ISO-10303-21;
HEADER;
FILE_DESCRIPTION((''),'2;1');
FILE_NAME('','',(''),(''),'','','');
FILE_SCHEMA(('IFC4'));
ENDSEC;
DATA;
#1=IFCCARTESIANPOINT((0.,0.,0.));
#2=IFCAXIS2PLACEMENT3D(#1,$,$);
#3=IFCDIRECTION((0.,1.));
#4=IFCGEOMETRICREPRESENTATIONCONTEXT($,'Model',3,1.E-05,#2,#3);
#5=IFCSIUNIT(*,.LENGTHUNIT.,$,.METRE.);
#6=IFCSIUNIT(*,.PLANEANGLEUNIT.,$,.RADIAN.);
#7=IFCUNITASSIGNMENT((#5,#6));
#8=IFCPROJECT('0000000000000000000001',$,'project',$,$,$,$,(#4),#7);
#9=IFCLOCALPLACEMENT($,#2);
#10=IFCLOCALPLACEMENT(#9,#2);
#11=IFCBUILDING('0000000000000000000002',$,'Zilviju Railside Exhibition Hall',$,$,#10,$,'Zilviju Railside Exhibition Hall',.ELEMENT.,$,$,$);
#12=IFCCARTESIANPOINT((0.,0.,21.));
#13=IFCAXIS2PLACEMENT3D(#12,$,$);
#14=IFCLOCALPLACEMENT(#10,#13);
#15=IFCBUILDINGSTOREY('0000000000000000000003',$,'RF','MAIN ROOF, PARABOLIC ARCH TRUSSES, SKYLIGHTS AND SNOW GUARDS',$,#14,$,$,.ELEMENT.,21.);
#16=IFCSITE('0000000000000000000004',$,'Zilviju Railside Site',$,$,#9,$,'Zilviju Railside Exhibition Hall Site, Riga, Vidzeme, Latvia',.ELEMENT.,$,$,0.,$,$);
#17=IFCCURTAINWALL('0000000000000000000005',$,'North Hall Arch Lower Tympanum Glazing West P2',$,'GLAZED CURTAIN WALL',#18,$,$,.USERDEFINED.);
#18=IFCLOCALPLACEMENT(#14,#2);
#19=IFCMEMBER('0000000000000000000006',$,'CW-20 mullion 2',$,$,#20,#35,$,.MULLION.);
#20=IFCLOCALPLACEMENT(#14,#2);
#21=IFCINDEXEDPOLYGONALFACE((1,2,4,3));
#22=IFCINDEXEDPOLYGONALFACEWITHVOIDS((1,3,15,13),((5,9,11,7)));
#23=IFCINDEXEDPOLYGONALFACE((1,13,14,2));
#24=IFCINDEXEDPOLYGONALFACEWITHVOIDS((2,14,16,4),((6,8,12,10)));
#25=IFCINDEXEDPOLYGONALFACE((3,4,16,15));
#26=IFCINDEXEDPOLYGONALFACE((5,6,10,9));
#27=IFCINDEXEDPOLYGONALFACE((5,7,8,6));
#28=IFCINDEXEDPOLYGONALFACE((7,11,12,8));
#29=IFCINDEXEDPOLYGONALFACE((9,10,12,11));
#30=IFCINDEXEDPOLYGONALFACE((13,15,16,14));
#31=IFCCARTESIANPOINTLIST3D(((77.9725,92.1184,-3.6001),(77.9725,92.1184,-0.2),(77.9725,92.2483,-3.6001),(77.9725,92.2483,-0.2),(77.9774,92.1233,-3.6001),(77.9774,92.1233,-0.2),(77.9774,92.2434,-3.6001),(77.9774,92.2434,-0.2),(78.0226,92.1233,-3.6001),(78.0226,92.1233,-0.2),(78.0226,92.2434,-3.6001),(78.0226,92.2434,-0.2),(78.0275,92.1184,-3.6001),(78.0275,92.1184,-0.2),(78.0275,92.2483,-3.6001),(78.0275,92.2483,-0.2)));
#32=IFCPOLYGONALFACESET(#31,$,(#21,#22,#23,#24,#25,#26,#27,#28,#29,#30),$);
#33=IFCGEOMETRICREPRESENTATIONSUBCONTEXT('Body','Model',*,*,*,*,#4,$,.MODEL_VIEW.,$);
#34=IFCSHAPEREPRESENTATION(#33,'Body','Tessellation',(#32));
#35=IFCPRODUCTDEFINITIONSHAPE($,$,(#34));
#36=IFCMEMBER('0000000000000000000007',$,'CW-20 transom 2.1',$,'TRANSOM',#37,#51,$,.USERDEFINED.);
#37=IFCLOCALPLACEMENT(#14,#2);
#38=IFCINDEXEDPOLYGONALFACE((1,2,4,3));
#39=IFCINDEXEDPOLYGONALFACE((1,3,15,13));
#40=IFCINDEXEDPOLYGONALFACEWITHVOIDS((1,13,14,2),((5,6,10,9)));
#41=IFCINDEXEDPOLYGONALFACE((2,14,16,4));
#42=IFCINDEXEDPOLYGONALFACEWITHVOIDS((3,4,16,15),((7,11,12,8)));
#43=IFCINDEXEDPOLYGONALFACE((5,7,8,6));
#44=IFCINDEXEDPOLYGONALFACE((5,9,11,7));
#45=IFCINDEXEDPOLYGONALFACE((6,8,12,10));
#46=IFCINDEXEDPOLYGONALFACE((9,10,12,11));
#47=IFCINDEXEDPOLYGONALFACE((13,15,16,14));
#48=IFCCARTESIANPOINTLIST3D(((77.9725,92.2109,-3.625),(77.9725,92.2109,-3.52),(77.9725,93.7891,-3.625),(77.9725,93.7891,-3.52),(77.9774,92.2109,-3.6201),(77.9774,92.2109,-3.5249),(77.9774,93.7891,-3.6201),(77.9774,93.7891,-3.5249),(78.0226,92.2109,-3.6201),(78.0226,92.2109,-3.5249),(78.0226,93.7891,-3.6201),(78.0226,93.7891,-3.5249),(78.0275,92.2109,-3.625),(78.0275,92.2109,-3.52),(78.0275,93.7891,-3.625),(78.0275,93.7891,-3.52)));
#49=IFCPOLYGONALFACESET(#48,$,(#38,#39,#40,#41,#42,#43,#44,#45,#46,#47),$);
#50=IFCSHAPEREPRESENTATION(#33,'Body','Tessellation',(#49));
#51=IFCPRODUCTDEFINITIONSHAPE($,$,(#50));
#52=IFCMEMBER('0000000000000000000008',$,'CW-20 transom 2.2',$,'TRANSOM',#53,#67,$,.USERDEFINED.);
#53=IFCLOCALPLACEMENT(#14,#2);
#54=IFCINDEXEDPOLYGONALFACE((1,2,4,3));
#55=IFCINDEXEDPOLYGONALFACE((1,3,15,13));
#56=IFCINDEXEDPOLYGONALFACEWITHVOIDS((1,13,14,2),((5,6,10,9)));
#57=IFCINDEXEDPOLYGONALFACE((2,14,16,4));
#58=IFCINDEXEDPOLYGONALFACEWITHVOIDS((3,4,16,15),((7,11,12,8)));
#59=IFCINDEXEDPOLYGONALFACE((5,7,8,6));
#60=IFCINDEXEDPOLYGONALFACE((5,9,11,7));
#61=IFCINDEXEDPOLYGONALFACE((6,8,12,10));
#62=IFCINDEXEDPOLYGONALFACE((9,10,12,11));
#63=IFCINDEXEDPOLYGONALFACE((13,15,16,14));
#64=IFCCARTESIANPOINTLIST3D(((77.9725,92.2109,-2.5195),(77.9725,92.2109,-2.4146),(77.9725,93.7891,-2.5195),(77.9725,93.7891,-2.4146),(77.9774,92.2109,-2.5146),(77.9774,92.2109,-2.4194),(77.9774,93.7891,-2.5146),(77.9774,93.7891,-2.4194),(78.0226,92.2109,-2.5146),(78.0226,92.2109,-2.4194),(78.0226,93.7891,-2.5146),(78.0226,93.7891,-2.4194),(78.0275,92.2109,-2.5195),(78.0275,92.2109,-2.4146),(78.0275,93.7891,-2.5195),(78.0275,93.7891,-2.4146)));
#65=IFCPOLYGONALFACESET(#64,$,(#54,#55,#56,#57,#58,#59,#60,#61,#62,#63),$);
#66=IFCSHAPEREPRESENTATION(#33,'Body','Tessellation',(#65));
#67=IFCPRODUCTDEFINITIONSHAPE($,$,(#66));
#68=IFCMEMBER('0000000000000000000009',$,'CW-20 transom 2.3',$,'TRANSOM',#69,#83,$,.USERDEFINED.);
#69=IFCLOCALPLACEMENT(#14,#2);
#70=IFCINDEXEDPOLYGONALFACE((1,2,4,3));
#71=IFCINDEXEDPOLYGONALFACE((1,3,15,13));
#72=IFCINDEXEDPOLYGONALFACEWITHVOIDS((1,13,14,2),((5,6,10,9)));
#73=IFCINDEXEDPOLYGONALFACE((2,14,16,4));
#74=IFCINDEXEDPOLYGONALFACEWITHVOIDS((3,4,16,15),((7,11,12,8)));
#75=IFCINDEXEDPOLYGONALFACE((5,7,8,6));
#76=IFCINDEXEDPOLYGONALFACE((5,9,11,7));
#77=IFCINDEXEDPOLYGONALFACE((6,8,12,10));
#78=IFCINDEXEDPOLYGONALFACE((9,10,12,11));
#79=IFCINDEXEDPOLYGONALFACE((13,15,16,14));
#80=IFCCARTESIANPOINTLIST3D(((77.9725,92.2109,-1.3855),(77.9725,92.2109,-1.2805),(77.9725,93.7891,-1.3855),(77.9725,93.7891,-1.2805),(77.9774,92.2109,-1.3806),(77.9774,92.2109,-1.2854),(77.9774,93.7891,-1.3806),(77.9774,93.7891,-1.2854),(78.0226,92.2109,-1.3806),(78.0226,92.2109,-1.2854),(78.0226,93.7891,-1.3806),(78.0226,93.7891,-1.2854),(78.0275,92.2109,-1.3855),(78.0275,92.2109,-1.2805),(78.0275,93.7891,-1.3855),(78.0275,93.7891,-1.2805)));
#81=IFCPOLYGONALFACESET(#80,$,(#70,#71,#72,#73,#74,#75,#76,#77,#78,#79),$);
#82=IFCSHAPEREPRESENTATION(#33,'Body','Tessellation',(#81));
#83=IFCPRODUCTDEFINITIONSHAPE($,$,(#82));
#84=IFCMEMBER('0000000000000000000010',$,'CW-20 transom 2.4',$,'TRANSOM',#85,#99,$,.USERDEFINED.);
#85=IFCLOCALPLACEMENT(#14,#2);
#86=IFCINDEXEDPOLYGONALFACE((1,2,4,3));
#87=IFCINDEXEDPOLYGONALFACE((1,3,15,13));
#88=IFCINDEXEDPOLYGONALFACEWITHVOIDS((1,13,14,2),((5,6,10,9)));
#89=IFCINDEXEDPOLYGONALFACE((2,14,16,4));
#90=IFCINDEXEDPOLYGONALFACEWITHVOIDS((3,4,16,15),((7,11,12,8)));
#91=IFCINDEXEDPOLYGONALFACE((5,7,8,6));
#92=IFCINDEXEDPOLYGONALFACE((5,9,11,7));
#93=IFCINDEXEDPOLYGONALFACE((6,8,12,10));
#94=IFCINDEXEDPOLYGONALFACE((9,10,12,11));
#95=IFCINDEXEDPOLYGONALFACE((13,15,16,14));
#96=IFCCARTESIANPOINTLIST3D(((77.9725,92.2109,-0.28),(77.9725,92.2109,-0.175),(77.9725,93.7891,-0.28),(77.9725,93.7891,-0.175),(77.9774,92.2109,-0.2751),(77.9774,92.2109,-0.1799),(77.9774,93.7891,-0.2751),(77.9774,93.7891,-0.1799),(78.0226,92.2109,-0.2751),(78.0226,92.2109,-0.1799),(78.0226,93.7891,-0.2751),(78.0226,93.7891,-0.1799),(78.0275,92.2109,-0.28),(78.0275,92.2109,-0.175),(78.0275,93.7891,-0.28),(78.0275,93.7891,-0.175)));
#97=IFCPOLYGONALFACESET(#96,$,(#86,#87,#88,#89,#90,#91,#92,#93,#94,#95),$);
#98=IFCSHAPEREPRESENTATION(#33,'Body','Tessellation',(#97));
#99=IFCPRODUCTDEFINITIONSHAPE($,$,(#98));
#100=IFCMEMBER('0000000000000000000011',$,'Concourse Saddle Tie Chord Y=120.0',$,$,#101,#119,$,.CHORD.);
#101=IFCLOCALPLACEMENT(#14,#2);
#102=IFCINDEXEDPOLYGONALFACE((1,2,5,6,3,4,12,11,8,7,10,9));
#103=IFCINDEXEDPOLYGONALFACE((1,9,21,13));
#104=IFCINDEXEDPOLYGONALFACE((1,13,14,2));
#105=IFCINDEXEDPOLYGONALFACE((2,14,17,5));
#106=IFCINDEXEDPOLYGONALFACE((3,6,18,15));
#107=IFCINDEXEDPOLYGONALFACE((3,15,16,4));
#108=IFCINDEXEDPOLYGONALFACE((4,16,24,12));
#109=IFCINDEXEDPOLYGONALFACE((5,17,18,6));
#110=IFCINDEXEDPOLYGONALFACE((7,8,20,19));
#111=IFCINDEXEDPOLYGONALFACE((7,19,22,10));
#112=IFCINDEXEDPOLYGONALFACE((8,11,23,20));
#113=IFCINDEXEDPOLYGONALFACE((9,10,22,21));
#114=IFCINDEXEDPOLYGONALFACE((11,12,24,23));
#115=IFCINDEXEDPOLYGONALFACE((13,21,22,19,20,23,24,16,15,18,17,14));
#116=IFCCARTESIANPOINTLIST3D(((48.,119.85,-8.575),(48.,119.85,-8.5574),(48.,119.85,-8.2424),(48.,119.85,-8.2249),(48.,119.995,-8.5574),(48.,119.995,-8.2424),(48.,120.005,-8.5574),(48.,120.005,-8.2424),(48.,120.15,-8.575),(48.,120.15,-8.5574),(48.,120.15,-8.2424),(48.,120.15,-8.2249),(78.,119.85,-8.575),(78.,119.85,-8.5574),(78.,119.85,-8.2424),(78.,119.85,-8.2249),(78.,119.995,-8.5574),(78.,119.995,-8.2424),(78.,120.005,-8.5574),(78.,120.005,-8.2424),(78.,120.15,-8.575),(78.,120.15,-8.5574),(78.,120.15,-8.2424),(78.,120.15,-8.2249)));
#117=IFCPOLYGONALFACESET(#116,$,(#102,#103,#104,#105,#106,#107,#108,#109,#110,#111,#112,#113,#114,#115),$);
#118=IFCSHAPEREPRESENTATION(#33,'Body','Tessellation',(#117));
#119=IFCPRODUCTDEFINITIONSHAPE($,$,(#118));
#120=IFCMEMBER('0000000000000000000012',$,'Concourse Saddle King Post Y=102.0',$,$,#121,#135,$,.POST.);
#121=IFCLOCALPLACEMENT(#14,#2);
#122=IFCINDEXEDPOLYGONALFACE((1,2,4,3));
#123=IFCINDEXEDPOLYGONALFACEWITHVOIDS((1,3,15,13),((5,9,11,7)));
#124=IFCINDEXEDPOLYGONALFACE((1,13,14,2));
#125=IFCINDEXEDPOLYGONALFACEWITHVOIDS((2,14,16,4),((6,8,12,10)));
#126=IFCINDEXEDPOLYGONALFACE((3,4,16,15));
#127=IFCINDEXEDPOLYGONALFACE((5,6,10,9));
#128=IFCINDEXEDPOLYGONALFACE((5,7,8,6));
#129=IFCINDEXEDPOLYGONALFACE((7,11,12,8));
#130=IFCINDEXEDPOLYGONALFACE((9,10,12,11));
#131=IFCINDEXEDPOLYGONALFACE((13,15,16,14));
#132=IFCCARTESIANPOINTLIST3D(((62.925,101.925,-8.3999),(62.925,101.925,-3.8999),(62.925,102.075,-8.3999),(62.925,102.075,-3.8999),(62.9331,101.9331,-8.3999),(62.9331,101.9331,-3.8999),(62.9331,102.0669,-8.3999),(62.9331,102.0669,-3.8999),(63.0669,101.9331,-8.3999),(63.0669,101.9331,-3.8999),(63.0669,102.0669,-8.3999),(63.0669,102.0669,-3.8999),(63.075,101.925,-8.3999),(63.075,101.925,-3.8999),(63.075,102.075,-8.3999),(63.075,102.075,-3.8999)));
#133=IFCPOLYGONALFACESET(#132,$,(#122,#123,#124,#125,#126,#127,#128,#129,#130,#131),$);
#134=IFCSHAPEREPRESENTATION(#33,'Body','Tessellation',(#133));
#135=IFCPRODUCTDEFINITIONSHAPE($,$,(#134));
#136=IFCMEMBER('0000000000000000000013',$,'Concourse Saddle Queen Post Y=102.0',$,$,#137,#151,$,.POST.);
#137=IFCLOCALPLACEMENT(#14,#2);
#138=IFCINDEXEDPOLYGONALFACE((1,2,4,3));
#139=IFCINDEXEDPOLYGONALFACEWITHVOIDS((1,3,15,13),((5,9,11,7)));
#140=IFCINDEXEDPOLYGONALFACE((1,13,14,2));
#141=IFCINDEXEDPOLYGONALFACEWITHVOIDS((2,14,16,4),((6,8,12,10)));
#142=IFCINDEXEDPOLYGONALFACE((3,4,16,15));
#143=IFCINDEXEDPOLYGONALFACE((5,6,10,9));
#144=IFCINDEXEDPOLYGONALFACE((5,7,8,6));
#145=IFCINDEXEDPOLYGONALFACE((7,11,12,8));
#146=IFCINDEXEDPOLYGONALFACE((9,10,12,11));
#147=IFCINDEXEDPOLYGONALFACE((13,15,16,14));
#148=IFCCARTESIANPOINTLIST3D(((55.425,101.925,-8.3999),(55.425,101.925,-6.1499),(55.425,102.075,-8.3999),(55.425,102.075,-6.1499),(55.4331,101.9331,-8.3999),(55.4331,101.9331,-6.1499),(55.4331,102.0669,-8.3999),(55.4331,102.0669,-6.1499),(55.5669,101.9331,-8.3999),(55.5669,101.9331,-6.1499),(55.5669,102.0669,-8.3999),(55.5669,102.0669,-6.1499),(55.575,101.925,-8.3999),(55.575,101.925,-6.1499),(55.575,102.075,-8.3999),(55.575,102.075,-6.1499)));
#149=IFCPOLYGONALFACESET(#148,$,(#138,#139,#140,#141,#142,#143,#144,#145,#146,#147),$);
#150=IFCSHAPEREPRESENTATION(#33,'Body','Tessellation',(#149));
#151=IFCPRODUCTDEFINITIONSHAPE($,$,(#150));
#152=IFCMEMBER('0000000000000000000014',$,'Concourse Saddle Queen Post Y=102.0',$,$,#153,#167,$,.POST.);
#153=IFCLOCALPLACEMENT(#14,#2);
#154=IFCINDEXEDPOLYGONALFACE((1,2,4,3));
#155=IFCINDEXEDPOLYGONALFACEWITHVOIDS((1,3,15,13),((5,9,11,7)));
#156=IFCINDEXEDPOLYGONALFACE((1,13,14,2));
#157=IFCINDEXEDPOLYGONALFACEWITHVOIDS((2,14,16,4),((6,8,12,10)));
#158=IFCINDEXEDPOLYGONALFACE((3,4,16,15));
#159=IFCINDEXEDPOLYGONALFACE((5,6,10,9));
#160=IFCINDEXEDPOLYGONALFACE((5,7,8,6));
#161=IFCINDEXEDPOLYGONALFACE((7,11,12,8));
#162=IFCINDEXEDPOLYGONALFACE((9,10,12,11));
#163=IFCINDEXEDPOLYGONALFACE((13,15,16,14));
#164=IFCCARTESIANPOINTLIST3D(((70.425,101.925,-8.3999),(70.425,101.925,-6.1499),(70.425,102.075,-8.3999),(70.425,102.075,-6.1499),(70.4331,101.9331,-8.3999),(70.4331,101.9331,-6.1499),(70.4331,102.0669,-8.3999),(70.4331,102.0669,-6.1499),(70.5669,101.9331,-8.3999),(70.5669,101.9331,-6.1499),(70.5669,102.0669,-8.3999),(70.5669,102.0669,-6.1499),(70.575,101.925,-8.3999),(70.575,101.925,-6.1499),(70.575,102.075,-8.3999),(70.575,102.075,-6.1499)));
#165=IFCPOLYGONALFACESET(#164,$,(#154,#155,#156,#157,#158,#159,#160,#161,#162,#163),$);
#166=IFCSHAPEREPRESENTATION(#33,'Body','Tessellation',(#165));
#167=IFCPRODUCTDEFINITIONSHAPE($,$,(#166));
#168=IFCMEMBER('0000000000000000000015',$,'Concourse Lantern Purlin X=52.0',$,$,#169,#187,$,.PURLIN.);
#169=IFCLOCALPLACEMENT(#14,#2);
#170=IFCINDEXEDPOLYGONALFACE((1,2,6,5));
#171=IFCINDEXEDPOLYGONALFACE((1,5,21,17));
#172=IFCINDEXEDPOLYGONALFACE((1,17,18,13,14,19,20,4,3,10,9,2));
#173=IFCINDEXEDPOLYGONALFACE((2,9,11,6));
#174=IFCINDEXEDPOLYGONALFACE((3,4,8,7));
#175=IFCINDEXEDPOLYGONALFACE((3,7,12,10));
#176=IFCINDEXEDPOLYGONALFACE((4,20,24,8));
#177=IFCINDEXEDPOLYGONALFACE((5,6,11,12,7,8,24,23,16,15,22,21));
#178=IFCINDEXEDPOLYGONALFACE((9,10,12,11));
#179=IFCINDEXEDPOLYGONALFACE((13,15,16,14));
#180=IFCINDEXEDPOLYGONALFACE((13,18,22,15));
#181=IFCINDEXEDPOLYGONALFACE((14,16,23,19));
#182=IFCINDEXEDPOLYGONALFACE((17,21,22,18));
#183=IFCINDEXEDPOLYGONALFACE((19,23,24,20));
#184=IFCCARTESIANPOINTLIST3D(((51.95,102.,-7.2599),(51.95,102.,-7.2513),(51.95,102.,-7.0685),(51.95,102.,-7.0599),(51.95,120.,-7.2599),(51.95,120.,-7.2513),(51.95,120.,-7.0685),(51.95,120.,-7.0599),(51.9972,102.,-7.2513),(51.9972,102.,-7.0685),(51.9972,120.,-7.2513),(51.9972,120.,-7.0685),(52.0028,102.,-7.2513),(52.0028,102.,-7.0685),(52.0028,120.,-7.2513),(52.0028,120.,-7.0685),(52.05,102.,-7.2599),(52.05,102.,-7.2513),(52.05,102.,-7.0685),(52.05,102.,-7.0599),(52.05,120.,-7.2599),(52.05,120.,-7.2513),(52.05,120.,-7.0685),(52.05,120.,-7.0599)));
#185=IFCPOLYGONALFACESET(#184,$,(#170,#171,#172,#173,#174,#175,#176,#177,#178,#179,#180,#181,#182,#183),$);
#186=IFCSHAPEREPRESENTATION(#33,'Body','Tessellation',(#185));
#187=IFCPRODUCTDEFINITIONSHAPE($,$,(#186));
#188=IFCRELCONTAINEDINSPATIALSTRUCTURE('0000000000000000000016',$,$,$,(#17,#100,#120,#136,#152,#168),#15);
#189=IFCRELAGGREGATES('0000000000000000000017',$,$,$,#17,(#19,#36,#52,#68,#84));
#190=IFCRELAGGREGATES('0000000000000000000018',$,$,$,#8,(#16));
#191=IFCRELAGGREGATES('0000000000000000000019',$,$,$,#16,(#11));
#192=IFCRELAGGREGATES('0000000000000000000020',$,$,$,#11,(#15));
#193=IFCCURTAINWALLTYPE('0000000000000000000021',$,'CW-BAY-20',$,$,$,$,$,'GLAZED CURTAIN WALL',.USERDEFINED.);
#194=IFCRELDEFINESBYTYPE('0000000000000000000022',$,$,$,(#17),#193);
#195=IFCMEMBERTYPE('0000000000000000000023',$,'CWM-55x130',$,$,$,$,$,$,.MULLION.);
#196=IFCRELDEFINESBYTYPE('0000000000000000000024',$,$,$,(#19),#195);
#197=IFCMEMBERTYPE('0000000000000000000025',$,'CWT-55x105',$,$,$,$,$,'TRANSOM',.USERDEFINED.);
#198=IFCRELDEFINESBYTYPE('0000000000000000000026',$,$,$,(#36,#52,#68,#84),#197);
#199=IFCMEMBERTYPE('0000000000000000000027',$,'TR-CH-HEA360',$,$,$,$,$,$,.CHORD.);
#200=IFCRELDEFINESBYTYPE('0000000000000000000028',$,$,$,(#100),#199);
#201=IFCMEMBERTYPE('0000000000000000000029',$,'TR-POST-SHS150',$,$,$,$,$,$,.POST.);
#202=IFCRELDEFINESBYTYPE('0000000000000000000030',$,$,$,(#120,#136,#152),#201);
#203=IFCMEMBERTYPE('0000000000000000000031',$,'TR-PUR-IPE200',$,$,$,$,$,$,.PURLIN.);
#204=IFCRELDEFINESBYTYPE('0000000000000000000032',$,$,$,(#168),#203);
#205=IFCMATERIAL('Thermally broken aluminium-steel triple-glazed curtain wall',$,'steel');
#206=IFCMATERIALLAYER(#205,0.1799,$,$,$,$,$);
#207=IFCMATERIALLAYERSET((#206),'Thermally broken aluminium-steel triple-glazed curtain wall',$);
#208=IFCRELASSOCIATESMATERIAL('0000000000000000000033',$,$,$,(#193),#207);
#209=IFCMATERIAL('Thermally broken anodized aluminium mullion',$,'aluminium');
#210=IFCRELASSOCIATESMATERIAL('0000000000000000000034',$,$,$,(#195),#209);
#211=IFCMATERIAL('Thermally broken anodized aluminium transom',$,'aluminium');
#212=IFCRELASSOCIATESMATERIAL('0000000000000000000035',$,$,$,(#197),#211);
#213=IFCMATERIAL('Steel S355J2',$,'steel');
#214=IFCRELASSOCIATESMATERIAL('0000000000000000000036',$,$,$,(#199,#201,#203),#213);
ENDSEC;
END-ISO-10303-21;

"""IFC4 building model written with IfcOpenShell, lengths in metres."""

from ifc_helpers import new_model, si_unit, direction, frame, origin, origin_2d, place, context, subcontext, project, spatial, hollow_rectangle, i_section, extrude, material, layer, layer_set, material_profile, profile_set, type_object, element, aggregate, save


model = new_model("IFC4")

# Units and contexts
model_context = context("Model", 3, precision=1e-05, world=origin(), true_north=direction((0.0, 1.0)))
body_context = subcontext(model_context, "Body", "Model", "MODEL_VIEW")
ifc_project = project(units=[si_unit("LENGTHUNIT", "METRE"), si_unit("PLANEANGLEUNIT", "RADIAN")], contexts=[model_context])

# Site, building, storey
site_placement = place(None, origin())
site = spatial("IfcSite", under=ifc_project, at=site_placement, Name="Zilviju Railside Site", LongName="Zilviju Railside Exhibition Hall Site, Riga, Vidzeme, Latvia", CompositionType="ELEMENT", RefElevation=0.0)
building_placement = place(site_placement, origin())
building = spatial("IfcBuilding", under=site, at=building_placement, Name="Zilviju Railside Exhibition Hall", LongName="Zilviju Railside Exhibition Hall", CompositionType="ELEMENT")
storey_placement = place(building_placement, frame((0.0, 0.0, 21.0)))
storey = spatial("IfcBuildingStorey", under=building, at=storey_placement, Name="RF", Description="MAIN ROOF, PARABOLIC ARCH TRUSSES, SKYLIGHTS AND SNOW GUARDS", CompositionType="ELEMENT", Elevation=21.0)

# Curtain wall, members
ifc_material_1 = material(Name="Thermally broken aluminium-steel triple-glazed curtain wall", Category="steel")
ifc_layer_1 = layer(ifc_material_1, 0.1799)
ifc_layer_set_1 = layer_set([ifc_layer_1], Name="Thermally broken aluminium-steel triple-glazed curtain wall")
curtain_wall_type = type_object("IfcCurtainWallType", Name="CW-BAY-20", ElementType="GLAZED CURTAIN WALL", PredefinedType="USERDEFINED", material=ifc_layer_set_1)
curtain_wall_placement = place(storey_placement, origin())
curtain_wall = element("IfcCurtainWall", 1, at=curtain_wall_placement, inside=storey, type_object=curtain_wall_type, Name="North Hall Arch Lower Tympanum Glazing West P2", ObjectType="GLAZED CURTAIN WALL", PredefinedType="USERDEFINED")
ifc_material_2 = material(Name="Thermally broken anodized aluminium mullion", Category="aluminium")
ifc_material_profile_1 = material_profile(ifc_material_2, hollow_rectangle(XDim=0.0549, YDim=0.1299, WallThickness=0.0049, at=origin_2d()), Name="MULLION 130x55x5")
ifc_profile_set_1 = profile_set([ifc_material_profile_1], Name="Thermally broken anodized aluminium mullion")
member_type_1 = type_object("IfcMemberType", Name="CWM-55x130", PredefinedType="MULLION", material=ifc_profile_set_1)
member_1_placement = place(storey_placement, frame((78.0, 92.1833, -3.6001), z_axis=(0.0, 0.0, 1.0), x_axis=(-1.0, 0.0, 0.0)))
member_1 = element("IfcMember", 2, at=member_1_placement, type_object=member_type_1, Name="CW-20 mullion 2", PredefinedType="MULLION", context=body_context, shape_type="SweptSolid", body=[
    extrude(hollow_rectangle(XDim=0.0549, YDim=0.1299, WallThickness=0.0049, at=origin_2d()), origin(), (0.0, 0.0, 1.0), 3.4001),
])
ifc_material_3 = material(Name="Thermally broken anodized aluminium transom", Category="aluminium")
ifc_material_profile_2 = material_profile(ifc_material_3, hollow_rectangle(XDim=0.0549, YDim=0.105, WallThickness=0.0049, at=origin_2d()), Name="TRANSOM 105x55x5")
ifc_profile_set_2 = profile_set([ifc_material_profile_2], Name="Thermally broken anodized aluminium transom")
member_type_2 = type_object("IfcMemberType", Name="CWT-55x105", ElementType="TRANSOM", PredefinedType="USERDEFINED", material=ifc_profile_set_2)
member_2_placement = place(storey_placement, frame((78.0, 92.2109, -3.5725), z_axis=(0.0, 1.0, 0.0), x_axis=(-1.0, 0.0, 0.0)))
member_2 = element("IfcMember", 3, at=member_2_placement, type_object=member_type_2, Name="CW-20 transom 2.1", ObjectType="TRANSOM", PredefinedType="USERDEFINED", context=body_context, shape_type="SweptSolid", body=[
    extrude(hollow_rectangle(XDim=0.0549, YDim=0.105, WallThickness=0.0049, at=origin_2d()), origin(), (0.0, 0.0, 1.0), 1.5781),
])
member_3_placement = place(storey_placement, frame((78.0, 92.2109, -2.467), z_axis=(0.0, 1.0, 0.0), x_axis=(-1.0, 0.0, 0.0)))
member_3 = element("IfcMember", 4, at=member_3_placement, type_object=member_type_2, Name="CW-20 transom 2.2", ObjectType="TRANSOM", PredefinedType="USERDEFINED", context=body_context, shape_type="SweptSolid", body=[
    extrude(hollow_rectangle(XDim=0.0549, YDim=0.105, WallThickness=0.0049, at=origin_2d()), origin(), (0.0, 0.0, 1.0), 1.5781),
])
member_4_placement = place(storey_placement, frame((78.0, 92.2109, -1.333), z_axis=(0.0, 1.0, 0.0), x_axis=(-1.0, 0.0, 0.0)))
member_4 = element("IfcMember", 5, at=member_4_placement, type_object=member_type_2, Name="CW-20 transom 2.3", ObjectType="TRANSOM", PredefinedType="USERDEFINED", context=body_context, shape_type="SweptSolid", body=[
    extrude(hollow_rectangle(XDim=0.0549, YDim=0.105, WallThickness=0.0049, at=origin_2d()), origin(), (0.0, 0.0, 1.0), 1.5781),
])
member_5_placement = place(storey_placement, frame((78.0, 92.2109, -0.2275), z_axis=(0.0, 1.0, 0.0), x_axis=(-1.0, 0.0, 0.0)))
member_5 = element("IfcMember", 6, at=member_5_placement, type_object=member_type_2, Name="CW-20 transom 2.4", ObjectType="TRANSOM", PredefinedType="USERDEFINED", context=body_context, shape_type="SweptSolid", body=[
    extrude(hollow_rectangle(XDim=0.0549, YDim=0.105, WallThickness=0.0049, at=origin_2d()), origin(), (0.0, 0.0, 1.0), 1.5781),
])

# Members
ifc_material_4 = material(Name="Steel S355J2", Category="steel")
ifc_material_profile_3 = material_profile(ifc_material_4, i_section(OverallWidth=0.3, OverallDepth=0.3501, WebThickness=0.01, FlangeThickness=0.0176, at=origin_2d()), Name="HEA 360")
ifc_profile_set_3 = profile_set([ifc_material_profile_3], Name="Steel S355J2")
member_type_3 = type_object("IfcMemberType", Name="TR-CH-HEA360", PredefinedType="CHORD", material=ifc_profile_set_3)
member_6_placement = place(storey_placement, frame((48.0, 120.0, -8.3999), z_axis=(1.0, 0.0, 0.0), x_axis=(0.0, 1.0, 0.0)))
element("IfcMember", 7, at=member_6_placement, inside=storey, type_object=member_type_3, Name="Concourse Saddle Tie Chord Y=120.0", PredefinedType="CHORD", context=body_context, shape_type="SweptSolid", body=[
    extrude(i_section(OverallWidth=0.3, OverallDepth=0.3501, WebThickness=0.01, FlangeThickness=0.0176, at=origin_2d()), origin(), (0.0, 0.0, 1.0), 30.0),
])
ifc_material_profile_4 = material_profile(ifc_material_4, hollow_rectangle(XDim=0.1499, YDim=0.1499, WallThickness=0.0081, at=origin_2d()), Name="SHS 150x150x8.0")
ifc_profile_set_4 = profile_set([ifc_material_profile_4], Name="Steel S355J2")
member_type_4 = type_object("IfcMemberType", Name="TR-POST-SHS150", PredefinedType="POST", material=ifc_profile_set_4)
member_7_placement = place(storey_placement, frame((63.0, 102.0, -8.3999), z_axis=(0.0, 0.0, 1.0), x_axis=(1.0, 0.0, 0.0)))
element("IfcMember", 8, at=member_7_placement, inside=storey, type_object=member_type_4, Name="Concourse Saddle King Post Y=102.0", PredefinedType="POST", context=body_context, shape_type="SweptSolid", body=[
    extrude(hollow_rectangle(XDim=0.1499, YDim=0.1499, WallThickness=0.0081, at=origin_2d()), origin(), (0.0, 0.0, 1.0), 4.5),
])
for number, where, z_axis, x_axis, name in (
    (9, (55.5, 102.0, -8.3999), (0.0, 0.0, 1.0), (1.0, 0.0, 0.0), "Concourse Saddle Queen Post Y=102.0"),
    (10, (70.5, 102.0, -8.3999), (0.0, 0.0, 1.0), (1.0, 0.0, 0.0), "Concourse Saddle Queen Post Y=102.0"),
):
    element("IfcMember", number, at=place(storey_placement, frame(where, z_axis=z_axis, x_axis=x_axis)), inside=storey, type_object=member_type_4, Name=name, PredefinedType="POST", context=body_context, shape_type="SweptSolid", body=[
        extrude(hollow_rectangle(XDim=0.1499, YDim=0.1499, WallThickness=0.0081, at=origin_2d()), origin(), (0.0, 0.0, 1.0), 2.25),
    ])
ifc_material_profile_5 = material_profile(ifc_material_4, i_section(OverallWidth=0.1001, OverallDepth=0.2, WebThickness=0.0056, FlangeThickness=0.0085, at=origin_2d()), Name="IPE 200")
ifc_profile_set_5 = profile_set([ifc_material_profile_5], Name="Steel S355J2")
member_type_5 = type_object("IfcMemberType", Name="TR-PUR-IPE200", PredefinedType="PURLIN", material=ifc_profile_set_5)
for number, where, z_axis, x_axis, name in (
    (11, (52.0, 102.0, -7.1599), (0.0, 1.0, 0.0), (-1.0, 0.0, 0.0), "Concourse Lantern Purlin X=52.0"),
):
    element("IfcMember", number, at=place(storey_placement, frame(where, z_axis=z_axis, x_axis=x_axis)), inside=storey, type_object=member_type_5, Name=name, PredefinedType="PURLIN", context=body_context, shape_type="SweptSolid", body=[
        extrude(i_section(OverallWidth=0.1001, OverallDepth=0.2, WebThickness=0.0056, FlangeThickness=0.0085, at=origin_2d()), origin(), (0.0, 0.0, 1.0), 18.0),
    ])

aggregate(curtain_wall, [member_1, member_2, member_3, member_4, member_5])

save(model, "model.ifc")
